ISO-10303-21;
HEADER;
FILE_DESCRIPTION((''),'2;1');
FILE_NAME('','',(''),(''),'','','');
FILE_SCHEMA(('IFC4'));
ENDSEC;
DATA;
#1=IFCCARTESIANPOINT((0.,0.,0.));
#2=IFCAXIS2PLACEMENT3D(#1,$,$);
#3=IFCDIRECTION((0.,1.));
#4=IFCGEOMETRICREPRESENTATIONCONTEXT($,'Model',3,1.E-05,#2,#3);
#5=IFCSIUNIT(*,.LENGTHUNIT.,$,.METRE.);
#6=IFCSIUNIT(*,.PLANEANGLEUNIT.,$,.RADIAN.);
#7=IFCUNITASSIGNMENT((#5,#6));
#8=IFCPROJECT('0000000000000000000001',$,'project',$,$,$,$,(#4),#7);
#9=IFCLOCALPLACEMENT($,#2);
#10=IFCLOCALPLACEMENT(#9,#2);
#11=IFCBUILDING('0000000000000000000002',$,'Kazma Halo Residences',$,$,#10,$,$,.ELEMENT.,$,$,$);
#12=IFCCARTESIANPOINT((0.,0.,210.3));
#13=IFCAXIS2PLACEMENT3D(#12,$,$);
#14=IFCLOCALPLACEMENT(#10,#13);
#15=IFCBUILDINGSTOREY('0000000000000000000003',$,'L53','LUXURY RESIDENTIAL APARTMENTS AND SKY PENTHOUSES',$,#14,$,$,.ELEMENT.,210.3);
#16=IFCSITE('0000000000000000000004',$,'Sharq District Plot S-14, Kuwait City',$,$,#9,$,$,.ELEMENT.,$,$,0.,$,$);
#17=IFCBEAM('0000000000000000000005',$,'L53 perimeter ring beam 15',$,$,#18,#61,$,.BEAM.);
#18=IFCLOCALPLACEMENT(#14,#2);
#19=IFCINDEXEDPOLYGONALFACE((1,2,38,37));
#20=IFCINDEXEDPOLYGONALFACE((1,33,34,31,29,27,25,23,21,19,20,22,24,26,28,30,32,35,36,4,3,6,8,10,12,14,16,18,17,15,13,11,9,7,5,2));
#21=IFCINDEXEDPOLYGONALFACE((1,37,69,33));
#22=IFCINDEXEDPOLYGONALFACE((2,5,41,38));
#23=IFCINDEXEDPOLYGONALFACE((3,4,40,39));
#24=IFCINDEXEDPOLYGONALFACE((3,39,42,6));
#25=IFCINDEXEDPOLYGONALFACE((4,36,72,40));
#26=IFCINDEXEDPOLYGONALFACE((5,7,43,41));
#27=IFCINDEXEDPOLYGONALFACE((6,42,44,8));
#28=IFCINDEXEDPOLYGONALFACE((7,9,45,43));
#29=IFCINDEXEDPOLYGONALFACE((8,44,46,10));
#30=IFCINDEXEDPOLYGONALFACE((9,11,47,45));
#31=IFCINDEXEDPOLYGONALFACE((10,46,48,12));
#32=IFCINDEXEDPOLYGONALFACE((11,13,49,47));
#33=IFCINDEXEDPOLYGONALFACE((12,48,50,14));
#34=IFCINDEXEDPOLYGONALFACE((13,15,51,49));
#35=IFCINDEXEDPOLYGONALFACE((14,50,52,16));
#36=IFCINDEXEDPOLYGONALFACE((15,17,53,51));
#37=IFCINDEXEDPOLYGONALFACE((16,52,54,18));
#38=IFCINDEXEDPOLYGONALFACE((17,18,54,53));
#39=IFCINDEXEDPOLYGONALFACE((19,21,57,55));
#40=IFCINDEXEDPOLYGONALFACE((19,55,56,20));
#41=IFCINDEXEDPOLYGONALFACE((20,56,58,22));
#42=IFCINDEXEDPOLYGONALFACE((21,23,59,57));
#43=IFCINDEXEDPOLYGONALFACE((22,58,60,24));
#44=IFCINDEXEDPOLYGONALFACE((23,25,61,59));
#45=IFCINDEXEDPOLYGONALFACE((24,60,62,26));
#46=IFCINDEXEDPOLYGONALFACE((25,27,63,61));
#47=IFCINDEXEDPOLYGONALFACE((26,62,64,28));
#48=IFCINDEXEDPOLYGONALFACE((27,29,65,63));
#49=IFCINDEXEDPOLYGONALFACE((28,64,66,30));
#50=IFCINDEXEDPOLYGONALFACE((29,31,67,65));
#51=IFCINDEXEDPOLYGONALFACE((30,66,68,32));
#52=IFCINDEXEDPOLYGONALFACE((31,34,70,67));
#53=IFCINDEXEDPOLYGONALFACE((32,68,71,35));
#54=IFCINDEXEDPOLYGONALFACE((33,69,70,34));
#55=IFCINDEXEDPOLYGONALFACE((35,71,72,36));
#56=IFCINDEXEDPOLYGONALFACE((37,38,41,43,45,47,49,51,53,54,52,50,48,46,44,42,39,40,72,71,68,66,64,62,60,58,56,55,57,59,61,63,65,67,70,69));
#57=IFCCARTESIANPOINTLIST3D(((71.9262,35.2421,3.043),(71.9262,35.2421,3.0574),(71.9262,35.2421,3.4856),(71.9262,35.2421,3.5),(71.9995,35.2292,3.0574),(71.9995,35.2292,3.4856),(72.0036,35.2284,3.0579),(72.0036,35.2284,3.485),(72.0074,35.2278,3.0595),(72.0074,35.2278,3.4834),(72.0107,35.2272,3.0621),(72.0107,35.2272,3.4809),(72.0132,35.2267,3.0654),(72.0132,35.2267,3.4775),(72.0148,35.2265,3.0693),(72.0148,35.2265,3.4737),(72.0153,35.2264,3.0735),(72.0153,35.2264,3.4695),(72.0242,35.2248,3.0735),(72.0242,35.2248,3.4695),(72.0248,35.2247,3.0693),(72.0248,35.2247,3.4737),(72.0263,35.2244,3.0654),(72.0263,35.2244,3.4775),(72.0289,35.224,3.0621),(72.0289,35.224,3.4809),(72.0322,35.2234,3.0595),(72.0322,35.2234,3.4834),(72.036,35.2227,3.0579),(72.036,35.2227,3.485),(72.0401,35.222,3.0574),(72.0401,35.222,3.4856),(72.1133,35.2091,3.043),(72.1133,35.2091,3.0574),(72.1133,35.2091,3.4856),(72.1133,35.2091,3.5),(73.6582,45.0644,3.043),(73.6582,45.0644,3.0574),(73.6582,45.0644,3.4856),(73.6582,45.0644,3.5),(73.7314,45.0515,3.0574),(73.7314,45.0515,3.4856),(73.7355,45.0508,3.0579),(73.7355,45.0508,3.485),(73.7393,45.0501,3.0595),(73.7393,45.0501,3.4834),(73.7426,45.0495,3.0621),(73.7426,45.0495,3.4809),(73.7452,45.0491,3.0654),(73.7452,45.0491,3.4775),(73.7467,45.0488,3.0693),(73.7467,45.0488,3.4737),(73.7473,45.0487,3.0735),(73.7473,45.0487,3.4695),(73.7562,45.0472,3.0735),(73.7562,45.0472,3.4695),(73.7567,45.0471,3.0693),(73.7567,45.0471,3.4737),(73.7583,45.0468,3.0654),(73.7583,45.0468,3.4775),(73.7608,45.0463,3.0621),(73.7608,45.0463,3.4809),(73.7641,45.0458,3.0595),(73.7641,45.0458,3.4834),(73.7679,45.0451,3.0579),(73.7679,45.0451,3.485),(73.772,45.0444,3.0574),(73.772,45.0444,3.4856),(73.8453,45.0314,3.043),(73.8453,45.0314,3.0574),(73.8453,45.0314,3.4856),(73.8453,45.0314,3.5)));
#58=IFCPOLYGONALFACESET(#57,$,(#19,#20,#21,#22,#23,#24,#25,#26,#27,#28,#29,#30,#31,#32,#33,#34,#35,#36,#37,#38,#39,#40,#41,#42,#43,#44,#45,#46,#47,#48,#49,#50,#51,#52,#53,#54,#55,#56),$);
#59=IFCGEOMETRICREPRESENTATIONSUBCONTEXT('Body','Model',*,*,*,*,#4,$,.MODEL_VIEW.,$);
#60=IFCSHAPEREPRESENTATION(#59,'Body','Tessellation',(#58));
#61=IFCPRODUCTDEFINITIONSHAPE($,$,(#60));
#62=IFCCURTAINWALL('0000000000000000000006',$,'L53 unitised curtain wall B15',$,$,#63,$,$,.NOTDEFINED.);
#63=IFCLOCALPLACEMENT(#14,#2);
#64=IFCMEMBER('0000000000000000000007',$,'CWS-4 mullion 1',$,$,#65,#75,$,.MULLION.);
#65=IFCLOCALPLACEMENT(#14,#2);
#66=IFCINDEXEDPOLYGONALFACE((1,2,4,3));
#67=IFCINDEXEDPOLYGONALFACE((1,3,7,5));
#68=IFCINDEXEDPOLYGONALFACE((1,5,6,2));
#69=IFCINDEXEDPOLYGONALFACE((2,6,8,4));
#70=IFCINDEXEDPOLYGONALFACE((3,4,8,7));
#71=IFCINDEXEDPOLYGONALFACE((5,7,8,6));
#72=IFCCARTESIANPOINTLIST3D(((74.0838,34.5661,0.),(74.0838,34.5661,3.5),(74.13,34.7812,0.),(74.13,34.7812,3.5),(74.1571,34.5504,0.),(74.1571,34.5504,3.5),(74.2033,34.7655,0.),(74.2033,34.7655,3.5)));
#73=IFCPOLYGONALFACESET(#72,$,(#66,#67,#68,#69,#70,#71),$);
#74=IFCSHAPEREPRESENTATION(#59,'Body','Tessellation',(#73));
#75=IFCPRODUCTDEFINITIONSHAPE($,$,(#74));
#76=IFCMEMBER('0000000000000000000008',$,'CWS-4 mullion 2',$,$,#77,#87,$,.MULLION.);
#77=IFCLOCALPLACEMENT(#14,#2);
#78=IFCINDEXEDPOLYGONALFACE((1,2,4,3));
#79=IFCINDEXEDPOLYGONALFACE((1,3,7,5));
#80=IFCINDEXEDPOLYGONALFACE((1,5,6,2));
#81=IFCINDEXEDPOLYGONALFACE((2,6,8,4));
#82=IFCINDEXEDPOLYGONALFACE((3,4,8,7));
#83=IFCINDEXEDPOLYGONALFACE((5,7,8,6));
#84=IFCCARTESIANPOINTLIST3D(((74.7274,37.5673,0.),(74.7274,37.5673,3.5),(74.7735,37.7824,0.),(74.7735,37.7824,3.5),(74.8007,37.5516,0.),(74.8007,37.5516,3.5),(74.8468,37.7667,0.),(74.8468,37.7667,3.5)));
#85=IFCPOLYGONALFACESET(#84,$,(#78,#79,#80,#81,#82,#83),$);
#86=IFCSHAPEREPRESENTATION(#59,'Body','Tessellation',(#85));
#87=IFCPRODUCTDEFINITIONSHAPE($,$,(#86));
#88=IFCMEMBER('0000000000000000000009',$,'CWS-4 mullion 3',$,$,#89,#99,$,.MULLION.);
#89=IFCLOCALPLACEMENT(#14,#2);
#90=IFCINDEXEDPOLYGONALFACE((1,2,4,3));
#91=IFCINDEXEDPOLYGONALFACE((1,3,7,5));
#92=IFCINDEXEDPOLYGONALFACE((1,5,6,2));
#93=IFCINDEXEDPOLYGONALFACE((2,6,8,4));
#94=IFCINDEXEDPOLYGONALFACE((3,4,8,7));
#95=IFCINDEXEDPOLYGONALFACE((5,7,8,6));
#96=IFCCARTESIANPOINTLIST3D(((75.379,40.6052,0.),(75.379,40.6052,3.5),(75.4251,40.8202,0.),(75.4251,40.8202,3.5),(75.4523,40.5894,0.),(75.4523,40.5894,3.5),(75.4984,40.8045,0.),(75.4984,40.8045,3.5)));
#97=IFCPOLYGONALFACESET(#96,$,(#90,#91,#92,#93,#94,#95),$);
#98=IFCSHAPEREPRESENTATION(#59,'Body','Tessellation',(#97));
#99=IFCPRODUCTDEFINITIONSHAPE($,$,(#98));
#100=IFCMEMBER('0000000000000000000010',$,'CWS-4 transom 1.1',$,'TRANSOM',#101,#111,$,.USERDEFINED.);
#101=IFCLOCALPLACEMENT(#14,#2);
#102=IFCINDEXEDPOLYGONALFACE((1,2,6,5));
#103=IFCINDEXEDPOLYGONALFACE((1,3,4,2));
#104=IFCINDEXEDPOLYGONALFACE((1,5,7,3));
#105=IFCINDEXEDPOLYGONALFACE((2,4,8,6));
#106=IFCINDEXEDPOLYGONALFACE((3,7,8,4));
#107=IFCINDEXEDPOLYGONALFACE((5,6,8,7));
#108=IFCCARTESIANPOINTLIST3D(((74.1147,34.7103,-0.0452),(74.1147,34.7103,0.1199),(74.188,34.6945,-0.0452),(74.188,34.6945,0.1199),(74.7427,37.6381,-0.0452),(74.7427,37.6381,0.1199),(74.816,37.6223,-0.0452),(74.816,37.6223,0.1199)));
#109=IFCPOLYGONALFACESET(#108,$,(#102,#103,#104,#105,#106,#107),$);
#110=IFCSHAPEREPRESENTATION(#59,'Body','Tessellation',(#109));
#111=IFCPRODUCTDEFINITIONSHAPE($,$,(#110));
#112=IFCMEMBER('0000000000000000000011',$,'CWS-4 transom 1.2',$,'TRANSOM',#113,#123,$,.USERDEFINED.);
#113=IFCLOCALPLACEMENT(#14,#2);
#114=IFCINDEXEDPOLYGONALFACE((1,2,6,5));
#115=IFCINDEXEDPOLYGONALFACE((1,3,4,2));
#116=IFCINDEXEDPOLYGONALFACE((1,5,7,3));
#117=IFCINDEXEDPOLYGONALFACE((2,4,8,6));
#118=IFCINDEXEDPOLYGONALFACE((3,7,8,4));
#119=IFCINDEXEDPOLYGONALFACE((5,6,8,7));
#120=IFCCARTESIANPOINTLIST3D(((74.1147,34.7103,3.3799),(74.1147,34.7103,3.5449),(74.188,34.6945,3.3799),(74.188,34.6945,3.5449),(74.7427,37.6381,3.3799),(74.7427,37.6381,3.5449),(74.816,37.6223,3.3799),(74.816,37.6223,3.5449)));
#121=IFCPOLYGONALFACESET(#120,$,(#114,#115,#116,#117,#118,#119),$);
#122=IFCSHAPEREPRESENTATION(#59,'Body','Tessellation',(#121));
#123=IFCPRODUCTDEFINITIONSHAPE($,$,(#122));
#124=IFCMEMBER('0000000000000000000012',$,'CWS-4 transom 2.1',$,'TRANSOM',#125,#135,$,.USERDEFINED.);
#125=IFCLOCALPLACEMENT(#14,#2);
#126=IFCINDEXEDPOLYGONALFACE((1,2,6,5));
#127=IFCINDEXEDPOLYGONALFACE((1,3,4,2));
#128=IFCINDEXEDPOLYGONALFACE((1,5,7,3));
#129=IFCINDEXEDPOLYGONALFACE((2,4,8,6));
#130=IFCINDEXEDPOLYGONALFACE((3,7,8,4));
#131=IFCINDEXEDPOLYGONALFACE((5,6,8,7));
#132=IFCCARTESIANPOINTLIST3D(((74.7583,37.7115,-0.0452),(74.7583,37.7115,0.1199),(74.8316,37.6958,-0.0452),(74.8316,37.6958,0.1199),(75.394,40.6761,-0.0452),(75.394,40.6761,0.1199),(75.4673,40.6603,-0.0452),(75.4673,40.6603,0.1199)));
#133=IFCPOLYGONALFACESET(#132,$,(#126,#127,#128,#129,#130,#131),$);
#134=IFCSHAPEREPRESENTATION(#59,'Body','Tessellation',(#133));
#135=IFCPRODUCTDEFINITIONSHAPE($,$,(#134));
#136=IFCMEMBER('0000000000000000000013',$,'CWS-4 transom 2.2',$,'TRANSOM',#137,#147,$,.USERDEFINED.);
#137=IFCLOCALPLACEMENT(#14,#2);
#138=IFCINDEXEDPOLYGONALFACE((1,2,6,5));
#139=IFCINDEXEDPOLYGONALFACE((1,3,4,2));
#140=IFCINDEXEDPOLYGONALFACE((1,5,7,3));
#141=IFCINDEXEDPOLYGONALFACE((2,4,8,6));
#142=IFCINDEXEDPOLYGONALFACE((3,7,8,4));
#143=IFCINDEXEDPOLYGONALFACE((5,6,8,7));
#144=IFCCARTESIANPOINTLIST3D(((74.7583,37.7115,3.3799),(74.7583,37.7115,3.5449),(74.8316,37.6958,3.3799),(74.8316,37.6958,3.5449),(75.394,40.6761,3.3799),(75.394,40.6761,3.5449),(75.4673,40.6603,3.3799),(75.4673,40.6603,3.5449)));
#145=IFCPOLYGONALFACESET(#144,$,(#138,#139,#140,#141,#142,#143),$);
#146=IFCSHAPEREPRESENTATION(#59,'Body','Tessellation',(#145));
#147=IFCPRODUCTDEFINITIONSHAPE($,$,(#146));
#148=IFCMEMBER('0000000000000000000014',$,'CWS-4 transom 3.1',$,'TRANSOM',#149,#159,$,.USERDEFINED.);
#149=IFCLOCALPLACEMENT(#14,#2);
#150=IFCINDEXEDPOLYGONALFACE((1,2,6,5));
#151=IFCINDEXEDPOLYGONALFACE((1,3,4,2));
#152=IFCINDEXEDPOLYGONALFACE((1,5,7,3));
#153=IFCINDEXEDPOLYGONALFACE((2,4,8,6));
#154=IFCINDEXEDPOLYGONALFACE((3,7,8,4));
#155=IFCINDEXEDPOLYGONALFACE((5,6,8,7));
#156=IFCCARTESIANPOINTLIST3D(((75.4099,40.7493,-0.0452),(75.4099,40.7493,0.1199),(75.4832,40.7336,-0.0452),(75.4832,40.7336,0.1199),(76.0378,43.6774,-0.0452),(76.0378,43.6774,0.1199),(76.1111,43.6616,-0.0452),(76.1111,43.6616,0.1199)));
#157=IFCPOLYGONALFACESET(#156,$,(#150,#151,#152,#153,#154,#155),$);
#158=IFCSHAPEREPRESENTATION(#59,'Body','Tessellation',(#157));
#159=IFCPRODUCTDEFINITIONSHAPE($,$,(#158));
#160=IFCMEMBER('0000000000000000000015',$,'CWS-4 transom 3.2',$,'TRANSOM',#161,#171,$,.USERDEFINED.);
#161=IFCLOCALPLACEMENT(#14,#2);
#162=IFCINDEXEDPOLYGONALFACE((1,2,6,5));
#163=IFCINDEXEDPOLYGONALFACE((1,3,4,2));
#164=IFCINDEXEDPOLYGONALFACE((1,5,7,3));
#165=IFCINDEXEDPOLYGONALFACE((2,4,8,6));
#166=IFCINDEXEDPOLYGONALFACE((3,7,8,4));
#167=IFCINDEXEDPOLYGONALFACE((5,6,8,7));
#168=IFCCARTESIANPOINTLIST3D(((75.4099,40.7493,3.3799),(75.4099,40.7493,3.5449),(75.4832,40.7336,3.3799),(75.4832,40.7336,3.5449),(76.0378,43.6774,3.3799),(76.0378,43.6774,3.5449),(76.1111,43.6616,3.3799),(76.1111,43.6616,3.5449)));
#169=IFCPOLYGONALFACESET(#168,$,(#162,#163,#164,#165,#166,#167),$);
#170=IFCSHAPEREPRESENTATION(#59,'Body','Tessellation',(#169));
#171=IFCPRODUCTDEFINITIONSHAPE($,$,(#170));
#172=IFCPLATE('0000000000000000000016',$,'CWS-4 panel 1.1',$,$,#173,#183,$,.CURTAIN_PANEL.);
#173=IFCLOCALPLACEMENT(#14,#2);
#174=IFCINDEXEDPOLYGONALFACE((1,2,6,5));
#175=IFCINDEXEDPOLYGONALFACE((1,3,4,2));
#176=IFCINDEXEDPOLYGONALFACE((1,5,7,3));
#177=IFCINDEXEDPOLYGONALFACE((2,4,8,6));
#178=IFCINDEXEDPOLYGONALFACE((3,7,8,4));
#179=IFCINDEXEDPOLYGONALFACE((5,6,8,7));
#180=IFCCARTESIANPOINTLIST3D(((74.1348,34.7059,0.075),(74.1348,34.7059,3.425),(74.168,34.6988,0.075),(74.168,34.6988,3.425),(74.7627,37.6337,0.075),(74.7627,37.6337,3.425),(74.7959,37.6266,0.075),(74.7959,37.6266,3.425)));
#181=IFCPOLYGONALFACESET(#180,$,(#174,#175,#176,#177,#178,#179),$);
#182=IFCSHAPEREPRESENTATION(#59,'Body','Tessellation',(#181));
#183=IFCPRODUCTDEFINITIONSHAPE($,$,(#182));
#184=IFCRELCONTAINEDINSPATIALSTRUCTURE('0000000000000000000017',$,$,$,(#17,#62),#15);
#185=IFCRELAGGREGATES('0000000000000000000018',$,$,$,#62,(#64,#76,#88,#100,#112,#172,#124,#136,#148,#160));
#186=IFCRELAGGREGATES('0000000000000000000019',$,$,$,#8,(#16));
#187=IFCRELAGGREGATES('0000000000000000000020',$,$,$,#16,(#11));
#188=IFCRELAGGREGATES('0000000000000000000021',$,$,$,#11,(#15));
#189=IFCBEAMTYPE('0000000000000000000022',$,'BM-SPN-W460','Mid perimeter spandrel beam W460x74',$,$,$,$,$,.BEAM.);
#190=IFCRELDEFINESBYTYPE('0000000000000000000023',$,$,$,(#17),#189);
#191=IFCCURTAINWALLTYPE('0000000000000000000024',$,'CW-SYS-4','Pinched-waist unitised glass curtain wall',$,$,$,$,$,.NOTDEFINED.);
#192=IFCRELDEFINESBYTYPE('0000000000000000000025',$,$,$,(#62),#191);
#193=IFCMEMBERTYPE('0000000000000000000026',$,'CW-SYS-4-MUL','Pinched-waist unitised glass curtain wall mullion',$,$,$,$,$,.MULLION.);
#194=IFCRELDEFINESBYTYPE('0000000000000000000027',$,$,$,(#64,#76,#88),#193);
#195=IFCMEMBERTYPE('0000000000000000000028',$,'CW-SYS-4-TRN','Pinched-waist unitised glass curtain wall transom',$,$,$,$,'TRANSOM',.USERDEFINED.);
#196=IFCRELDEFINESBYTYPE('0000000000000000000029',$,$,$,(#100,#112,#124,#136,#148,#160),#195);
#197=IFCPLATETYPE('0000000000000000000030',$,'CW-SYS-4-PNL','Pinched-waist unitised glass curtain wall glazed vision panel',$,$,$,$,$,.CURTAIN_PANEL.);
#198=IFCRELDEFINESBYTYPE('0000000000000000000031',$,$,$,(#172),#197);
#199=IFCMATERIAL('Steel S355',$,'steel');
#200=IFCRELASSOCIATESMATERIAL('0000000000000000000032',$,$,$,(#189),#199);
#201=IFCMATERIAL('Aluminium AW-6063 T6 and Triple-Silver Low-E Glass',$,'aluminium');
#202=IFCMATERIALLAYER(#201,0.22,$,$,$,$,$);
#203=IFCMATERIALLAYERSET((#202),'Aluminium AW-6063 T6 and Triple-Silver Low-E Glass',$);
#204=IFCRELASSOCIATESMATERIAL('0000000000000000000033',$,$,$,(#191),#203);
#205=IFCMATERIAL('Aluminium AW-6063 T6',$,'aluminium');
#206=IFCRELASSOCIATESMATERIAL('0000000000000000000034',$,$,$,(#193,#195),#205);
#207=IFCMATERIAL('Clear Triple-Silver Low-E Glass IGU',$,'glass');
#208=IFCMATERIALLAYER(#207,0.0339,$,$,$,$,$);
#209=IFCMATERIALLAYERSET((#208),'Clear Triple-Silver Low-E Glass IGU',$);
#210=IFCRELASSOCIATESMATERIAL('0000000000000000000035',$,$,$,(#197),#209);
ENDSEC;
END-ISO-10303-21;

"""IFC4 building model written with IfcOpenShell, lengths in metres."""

from ifc_helpers import new_model, si_unit, direction, frame, origin, origin_2d, place, context, subcontext, project, spatial, rectangle, i_section, extrude, material, layer, layer_set, material_profile, profile_set, type_object, element, aggregate, save


model = new_model("IFC4")

# Units and contexts
model_context = context("Model", 3, precision=1e-05, world=origin(), true_north=direction((0.0, 1.0)))
body_context = subcontext(model_context, "Body", "Model", "MODEL_VIEW")
ifc_project = project(units=[si_unit("LENGTHUNIT", "METRE"), si_unit("PLANEANGLEUNIT", "RADIAN")], contexts=[model_context])

# Site, building, storey
site_placement = place(None, origin())
site = spatial("IfcSite", under=ifc_project, at=site_placement, Name="Sharq District Plot S-14, Kuwait City", CompositionType="ELEMENT", RefElevation=0.0)
building_placement = place(site_placement, origin())
building = spatial("IfcBuilding", under=site, at=building_placement, Name="Kazma Halo Residences", CompositionType="ELEMENT")
storey_placement = place(building_placement, frame((0.0, 0.0, 210.3)))
storey = spatial("IfcBuildingStorey", under=building, at=storey_placement, Name="L53", Description="LUXURY RESIDENTIAL APARTMENTS AND SKY PENTHOUSES", CompositionType="ELEMENT", Elevation=210.3)

# Beam
ifc_material_1 = material(Name="Steel S355", Category="steel")
ifc_material_profile_1 = material_profile(ifc_material_1, i_section(OverallWidth=0.1899, OverallDepth=0.457, WebThickness=0.009, FlangeThickness=0.0144, FilletRadius=0.0161, at=origin_2d()), Name="W460x74")
ifc_profile_set_1 = profile_set([ifc_material_profile_1], Name="Steel S355")
beam_type_1 = type_object("IfcBeamType", Name="BM-SPN-W460", Description="Mid perimeter spandrel beam W460x74", PredefinedType="BEAM", material=ifc_profile_set_1)
beam_1_placement = place(storey_placement, frame((72.0198, 35.2256, 3.2715), z_axis=(0.173648, 0.984808, 0.0), x_axis=(-0.984808, 0.173648, 0.0)))
element("IfcBeam", 1, at=beam_1_placement, inside=storey, type_object=beam_type_1, Name="L53 perimeter ring beam 15", PredefinedType="BEAM", context=body_context, shape_type="SweptSolid", body=[
    extrude(i_section(OverallWidth=0.1899, OverallDepth=0.457, WebThickness=0.009, FlangeThickness=0.0144, FilletRadius=0.0161, at=origin_2d()), origin(), (0.0, 0.0, 1.0), 9.9739),
])

# Curtain wall, members, plate
ifc_material_2 = material(Name="Aluminium AW-6063 T6 and Triple-Silver Low-E Glass", Category="aluminium")
ifc_layer_1 = layer(ifc_material_2, 0.22)
ifc_layer_set_1 = layer_set([ifc_layer_1], Name="Aluminium AW-6063 T6 and Triple-Silver Low-E Glass")
curtain_wall_type = type_object("IfcCurtainWallType", Name="CW-SYS-4", Description="Pinched-waist unitised glass curtain wall", PredefinedType="NOTDEFINED", material=ifc_layer_set_1)
curtain_wall_placement = place(storey_placement, origin())
curtain_wall = element("IfcCurtainWall", 2, at=curtain_wall_placement, inside=storey, type_object=curtain_wall_type, Name="L53 unitised curtain wall B15", PredefinedType="NOTDEFINED")
ifc_material_3 = material(Name="Aluminium AW-6063 T6", Category="aluminium")
ifc_material_profile_2 = material_profile(ifc_material_3, rectangle(XDim=0.075, YDim=0.22, at=origin_2d()), Name="CWM-75x220")
ifc_profile_set_2 = profile_set([ifc_material_profile_2], Name="Aluminium AW-6063 T6")
member_type_1 = type_object("IfcMemberType", Name="CW-SYS-4-MUL", Description="Pinched-waist unitised glass curtain wall mullion", PredefinedType="MULLION", material=ifc_profile_set_2)
member_1_placement = place(storey_placement, frame((74.1436, 34.6658, 0.0), z_axis=(0.0, 0.0, 1.0), x_axis=(-0.977768, 0.20969, 0.0)))
member_1 = element("IfcMember", 3, at=member_1_placement, type_object=member_type_1, Name="CWS-4 mullion 1", PredefinedType="MULLION", context=body_context, shape_type="SweptSolid", body=[
    extrude(rectangle(XDim=0.075, YDim=0.22, at=origin_2d()), origin(), (0.0, 0.0, 1.0), 3.5),
])
member_2_placement = place(storey_placement, frame((74.7871, 37.667, 0.0), z_axis=(0.0, 0.0, 1.0), x_axis=(-0.977768, 0.20969, 0.0)))
member_2 = element("IfcMember", 4, at=member_2_placement, type_object=member_type_1, Name="CWS-4 mullion 2", PredefinedType="MULLION", context=body_context, shape_type="SweptSolid", body=[
    extrude(rectangle(XDim=0.075, YDim=0.22, at=origin_2d()), origin(), (0.0, 0.0, 1.0), 3.5),
])
member_3_placement = place(storey_placement, frame((75.4387, 40.7048, 0.0), z_axis=(0.0, 0.0, 1.0), x_axis=(-0.977768, 0.20969, 0.0)))
member_3 = element("IfcMember", 5, at=member_3_placement, type_object=member_type_1, Name="CWS-4 mullion 3", PredefinedType="MULLION", context=body_context, shape_type="SweptSolid", body=[
    extrude(rectangle(XDim=0.075, YDim=0.22, at=origin_2d()), origin(), (0.0, 0.0, 1.0), 3.5),
])
ifc_material_profile_3 = material_profile(ifc_material_3, rectangle(XDim=0.075, YDim=0.165, at=origin_2d()), Name="CWT-75x165")
ifc_profile_set_3 = profile_set([ifc_material_profile_3], Name="Aluminium AW-6063 T6")
member_type_2 = type_object("IfcMemberType", Name="CW-SYS-4-TRN", Description="Pinched-waist unitised glass curtain wall transom", ElementType="TRANSOM", PredefinedType="USERDEFINED", material=ifc_profile_set_3)
member_4_placement = place(storey_placement, frame((74.1514, 34.7024, 0.0374), z_axis=(0.209707, 0.977764, 0.0), x_axis=(-0.977764, 0.209707, 0.0)))
member_4 = element("IfcMember", 6, at=member_4_placement, type_object=member_type_2, Name="CWS-4 transom 1.1", ObjectType="TRANSOM", PredefinedType="USERDEFINED", context=body_context, shape_type="SweptSolid", body=[
    extrude(rectangle(XDim=0.075, YDim=0.165, at=origin_2d()), origin(), (0.0, 0.0, 1.0), 2.9944),
])
member_5_placement = place(storey_placement, frame((74.1514, 34.7024, 3.4624), z_axis=(0.209707, 0.977764, 0.0), x_axis=(-0.977764, 0.209707, 0.0)))
member_5 = element("IfcMember", 7, at=member_5_placement, type_object=member_type_2, Name="CWS-4 transom 1.2", ObjectType="TRANSOM", PredefinedType="USERDEFINED", context=body_context, shape_type="SweptSolid", body=[
    extrude(rectangle(XDim=0.075, YDim=0.165, at=origin_2d()), origin(), (0.0, 0.0, 1.0), 2.9944),
])
member_6_placement = place(storey_placement, frame((74.7949, 37.7036, 0.0374), z_axis=(0.209678, 0.977771, 0.0), x_axis=(-0.977771, 0.209678, 0.0)))
member_6 = element("IfcMember", 8, at=member_6_placement, type_object=member_type_2, Name="CWS-4 transom 2.1", ObjectType="TRANSOM", PredefinedType="USERDEFINED", context=body_context, shape_type="SweptSolid", body=[
    extrude(rectangle(XDim=0.075, YDim=0.165, at=origin_2d()), origin(), (0.0, 0.0, 1.0), 3.032),
])
member_7_placement = place(storey_placement, frame((74.7949, 37.7036, 3.4624), z_axis=(0.209678, 0.977771, 0.0), x_axis=(-0.977771, 0.209678, 0.0)))
member_7 = element("IfcMember", 9, at=member_7_placement, type_object=member_type_2, Name="CWS-4 transom 2.2", ObjectType="TRANSOM", PredefinedType="USERDEFINED", context=body_context, shape_type="SweptSolid", body=[
    extrude(rectangle(XDim=0.075, YDim=0.165, at=origin_2d()), origin(), (0.0, 0.0, 1.0), 3.032),
])
member_8_placement = place(storey_placement, frame((75.4465, 40.7415, 0.0374), z_axis=(0.209691, 0.977768, 0.0), x_axis=(-0.977768, 0.209691, 0.0)))
member_8 = element("IfcMember", 10, at=member_8_placement, type_object=member_type_2, Name="CWS-4 transom 3.1", ObjectType="TRANSOM", PredefinedType="USERDEFINED", context=body_context, shape_type="SweptSolid", body=[
    extrude(rectangle(XDim=0.075, YDim=0.165, at=origin_2d()), origin(), (0.0, 0.0, 1.0), 2.9946),
])
member_9_placement = place(storey_placement, frame((75.4465, 40.7415, 3.4624), z_axis=(0.209691, 0.977768, 0.0), x_axis=(-0.977768, 0.209691, 0.0)))
member_9 = element("IfcMember", 11, at=member_9_placement, type_object=member_type_2, Name="CWS-4 transom 3.2", ObjectType="TRANSOM", PredefinedType="USERDEFINED", context=body_context, shape_type="SweptSolid", body=[
    extrude(rectangle(XDim=0.075, YDim=0.165, at=origin_2d()), origin(), (0.0, 0.0, 1.0), 2.9946),
])
ifc_material_4 = material(Name="Clear Triple-Silver Low-E Glass IGU", Category="glass")
ifc_layer_2 = layer(ifc_material_4, 0.0339)
ifc_layer_set_2 = layer_set([ifc_layer_2], Name="Clear Triple-Silver Low-E Glass IGU")
plate_type = type_object("IfcPlateType", Name="CW-SYS-4-PNL", Description="Pinched-waist unitised glass curtain wall glazed vision panel", PredefinedType="CURTAIN_PANEL", material=ifc_layer_set_2)
plate_1_placement = place(storey_placement, frame((74.4653, 36.1663, 0.075), z_axis=(0.0, 0.0, 1.0), x_axis=(0.20969, 0.977768, 0.0)))
plate_1 = element("IfcPlate", 12, at=plate_1_placement, type_object=plate_type, Name="CWS-4 panel 1.1", PredefinedType="CURTAIN_PANEL", context=body_context, shape_type="SweptSolid", body=[
    extrude(rectangle(XDim=2.9944, YDim=0.0339, at=origin_2d()), origin(), (0.0, 0.0, 1.0), 3.3501),
])
aggregate(curtain_wall, [member_1, member_2, member_3, member_4, member_5, plate_1, member_6, member_7, member_8, member_9])

save(model, "model.ifc")
